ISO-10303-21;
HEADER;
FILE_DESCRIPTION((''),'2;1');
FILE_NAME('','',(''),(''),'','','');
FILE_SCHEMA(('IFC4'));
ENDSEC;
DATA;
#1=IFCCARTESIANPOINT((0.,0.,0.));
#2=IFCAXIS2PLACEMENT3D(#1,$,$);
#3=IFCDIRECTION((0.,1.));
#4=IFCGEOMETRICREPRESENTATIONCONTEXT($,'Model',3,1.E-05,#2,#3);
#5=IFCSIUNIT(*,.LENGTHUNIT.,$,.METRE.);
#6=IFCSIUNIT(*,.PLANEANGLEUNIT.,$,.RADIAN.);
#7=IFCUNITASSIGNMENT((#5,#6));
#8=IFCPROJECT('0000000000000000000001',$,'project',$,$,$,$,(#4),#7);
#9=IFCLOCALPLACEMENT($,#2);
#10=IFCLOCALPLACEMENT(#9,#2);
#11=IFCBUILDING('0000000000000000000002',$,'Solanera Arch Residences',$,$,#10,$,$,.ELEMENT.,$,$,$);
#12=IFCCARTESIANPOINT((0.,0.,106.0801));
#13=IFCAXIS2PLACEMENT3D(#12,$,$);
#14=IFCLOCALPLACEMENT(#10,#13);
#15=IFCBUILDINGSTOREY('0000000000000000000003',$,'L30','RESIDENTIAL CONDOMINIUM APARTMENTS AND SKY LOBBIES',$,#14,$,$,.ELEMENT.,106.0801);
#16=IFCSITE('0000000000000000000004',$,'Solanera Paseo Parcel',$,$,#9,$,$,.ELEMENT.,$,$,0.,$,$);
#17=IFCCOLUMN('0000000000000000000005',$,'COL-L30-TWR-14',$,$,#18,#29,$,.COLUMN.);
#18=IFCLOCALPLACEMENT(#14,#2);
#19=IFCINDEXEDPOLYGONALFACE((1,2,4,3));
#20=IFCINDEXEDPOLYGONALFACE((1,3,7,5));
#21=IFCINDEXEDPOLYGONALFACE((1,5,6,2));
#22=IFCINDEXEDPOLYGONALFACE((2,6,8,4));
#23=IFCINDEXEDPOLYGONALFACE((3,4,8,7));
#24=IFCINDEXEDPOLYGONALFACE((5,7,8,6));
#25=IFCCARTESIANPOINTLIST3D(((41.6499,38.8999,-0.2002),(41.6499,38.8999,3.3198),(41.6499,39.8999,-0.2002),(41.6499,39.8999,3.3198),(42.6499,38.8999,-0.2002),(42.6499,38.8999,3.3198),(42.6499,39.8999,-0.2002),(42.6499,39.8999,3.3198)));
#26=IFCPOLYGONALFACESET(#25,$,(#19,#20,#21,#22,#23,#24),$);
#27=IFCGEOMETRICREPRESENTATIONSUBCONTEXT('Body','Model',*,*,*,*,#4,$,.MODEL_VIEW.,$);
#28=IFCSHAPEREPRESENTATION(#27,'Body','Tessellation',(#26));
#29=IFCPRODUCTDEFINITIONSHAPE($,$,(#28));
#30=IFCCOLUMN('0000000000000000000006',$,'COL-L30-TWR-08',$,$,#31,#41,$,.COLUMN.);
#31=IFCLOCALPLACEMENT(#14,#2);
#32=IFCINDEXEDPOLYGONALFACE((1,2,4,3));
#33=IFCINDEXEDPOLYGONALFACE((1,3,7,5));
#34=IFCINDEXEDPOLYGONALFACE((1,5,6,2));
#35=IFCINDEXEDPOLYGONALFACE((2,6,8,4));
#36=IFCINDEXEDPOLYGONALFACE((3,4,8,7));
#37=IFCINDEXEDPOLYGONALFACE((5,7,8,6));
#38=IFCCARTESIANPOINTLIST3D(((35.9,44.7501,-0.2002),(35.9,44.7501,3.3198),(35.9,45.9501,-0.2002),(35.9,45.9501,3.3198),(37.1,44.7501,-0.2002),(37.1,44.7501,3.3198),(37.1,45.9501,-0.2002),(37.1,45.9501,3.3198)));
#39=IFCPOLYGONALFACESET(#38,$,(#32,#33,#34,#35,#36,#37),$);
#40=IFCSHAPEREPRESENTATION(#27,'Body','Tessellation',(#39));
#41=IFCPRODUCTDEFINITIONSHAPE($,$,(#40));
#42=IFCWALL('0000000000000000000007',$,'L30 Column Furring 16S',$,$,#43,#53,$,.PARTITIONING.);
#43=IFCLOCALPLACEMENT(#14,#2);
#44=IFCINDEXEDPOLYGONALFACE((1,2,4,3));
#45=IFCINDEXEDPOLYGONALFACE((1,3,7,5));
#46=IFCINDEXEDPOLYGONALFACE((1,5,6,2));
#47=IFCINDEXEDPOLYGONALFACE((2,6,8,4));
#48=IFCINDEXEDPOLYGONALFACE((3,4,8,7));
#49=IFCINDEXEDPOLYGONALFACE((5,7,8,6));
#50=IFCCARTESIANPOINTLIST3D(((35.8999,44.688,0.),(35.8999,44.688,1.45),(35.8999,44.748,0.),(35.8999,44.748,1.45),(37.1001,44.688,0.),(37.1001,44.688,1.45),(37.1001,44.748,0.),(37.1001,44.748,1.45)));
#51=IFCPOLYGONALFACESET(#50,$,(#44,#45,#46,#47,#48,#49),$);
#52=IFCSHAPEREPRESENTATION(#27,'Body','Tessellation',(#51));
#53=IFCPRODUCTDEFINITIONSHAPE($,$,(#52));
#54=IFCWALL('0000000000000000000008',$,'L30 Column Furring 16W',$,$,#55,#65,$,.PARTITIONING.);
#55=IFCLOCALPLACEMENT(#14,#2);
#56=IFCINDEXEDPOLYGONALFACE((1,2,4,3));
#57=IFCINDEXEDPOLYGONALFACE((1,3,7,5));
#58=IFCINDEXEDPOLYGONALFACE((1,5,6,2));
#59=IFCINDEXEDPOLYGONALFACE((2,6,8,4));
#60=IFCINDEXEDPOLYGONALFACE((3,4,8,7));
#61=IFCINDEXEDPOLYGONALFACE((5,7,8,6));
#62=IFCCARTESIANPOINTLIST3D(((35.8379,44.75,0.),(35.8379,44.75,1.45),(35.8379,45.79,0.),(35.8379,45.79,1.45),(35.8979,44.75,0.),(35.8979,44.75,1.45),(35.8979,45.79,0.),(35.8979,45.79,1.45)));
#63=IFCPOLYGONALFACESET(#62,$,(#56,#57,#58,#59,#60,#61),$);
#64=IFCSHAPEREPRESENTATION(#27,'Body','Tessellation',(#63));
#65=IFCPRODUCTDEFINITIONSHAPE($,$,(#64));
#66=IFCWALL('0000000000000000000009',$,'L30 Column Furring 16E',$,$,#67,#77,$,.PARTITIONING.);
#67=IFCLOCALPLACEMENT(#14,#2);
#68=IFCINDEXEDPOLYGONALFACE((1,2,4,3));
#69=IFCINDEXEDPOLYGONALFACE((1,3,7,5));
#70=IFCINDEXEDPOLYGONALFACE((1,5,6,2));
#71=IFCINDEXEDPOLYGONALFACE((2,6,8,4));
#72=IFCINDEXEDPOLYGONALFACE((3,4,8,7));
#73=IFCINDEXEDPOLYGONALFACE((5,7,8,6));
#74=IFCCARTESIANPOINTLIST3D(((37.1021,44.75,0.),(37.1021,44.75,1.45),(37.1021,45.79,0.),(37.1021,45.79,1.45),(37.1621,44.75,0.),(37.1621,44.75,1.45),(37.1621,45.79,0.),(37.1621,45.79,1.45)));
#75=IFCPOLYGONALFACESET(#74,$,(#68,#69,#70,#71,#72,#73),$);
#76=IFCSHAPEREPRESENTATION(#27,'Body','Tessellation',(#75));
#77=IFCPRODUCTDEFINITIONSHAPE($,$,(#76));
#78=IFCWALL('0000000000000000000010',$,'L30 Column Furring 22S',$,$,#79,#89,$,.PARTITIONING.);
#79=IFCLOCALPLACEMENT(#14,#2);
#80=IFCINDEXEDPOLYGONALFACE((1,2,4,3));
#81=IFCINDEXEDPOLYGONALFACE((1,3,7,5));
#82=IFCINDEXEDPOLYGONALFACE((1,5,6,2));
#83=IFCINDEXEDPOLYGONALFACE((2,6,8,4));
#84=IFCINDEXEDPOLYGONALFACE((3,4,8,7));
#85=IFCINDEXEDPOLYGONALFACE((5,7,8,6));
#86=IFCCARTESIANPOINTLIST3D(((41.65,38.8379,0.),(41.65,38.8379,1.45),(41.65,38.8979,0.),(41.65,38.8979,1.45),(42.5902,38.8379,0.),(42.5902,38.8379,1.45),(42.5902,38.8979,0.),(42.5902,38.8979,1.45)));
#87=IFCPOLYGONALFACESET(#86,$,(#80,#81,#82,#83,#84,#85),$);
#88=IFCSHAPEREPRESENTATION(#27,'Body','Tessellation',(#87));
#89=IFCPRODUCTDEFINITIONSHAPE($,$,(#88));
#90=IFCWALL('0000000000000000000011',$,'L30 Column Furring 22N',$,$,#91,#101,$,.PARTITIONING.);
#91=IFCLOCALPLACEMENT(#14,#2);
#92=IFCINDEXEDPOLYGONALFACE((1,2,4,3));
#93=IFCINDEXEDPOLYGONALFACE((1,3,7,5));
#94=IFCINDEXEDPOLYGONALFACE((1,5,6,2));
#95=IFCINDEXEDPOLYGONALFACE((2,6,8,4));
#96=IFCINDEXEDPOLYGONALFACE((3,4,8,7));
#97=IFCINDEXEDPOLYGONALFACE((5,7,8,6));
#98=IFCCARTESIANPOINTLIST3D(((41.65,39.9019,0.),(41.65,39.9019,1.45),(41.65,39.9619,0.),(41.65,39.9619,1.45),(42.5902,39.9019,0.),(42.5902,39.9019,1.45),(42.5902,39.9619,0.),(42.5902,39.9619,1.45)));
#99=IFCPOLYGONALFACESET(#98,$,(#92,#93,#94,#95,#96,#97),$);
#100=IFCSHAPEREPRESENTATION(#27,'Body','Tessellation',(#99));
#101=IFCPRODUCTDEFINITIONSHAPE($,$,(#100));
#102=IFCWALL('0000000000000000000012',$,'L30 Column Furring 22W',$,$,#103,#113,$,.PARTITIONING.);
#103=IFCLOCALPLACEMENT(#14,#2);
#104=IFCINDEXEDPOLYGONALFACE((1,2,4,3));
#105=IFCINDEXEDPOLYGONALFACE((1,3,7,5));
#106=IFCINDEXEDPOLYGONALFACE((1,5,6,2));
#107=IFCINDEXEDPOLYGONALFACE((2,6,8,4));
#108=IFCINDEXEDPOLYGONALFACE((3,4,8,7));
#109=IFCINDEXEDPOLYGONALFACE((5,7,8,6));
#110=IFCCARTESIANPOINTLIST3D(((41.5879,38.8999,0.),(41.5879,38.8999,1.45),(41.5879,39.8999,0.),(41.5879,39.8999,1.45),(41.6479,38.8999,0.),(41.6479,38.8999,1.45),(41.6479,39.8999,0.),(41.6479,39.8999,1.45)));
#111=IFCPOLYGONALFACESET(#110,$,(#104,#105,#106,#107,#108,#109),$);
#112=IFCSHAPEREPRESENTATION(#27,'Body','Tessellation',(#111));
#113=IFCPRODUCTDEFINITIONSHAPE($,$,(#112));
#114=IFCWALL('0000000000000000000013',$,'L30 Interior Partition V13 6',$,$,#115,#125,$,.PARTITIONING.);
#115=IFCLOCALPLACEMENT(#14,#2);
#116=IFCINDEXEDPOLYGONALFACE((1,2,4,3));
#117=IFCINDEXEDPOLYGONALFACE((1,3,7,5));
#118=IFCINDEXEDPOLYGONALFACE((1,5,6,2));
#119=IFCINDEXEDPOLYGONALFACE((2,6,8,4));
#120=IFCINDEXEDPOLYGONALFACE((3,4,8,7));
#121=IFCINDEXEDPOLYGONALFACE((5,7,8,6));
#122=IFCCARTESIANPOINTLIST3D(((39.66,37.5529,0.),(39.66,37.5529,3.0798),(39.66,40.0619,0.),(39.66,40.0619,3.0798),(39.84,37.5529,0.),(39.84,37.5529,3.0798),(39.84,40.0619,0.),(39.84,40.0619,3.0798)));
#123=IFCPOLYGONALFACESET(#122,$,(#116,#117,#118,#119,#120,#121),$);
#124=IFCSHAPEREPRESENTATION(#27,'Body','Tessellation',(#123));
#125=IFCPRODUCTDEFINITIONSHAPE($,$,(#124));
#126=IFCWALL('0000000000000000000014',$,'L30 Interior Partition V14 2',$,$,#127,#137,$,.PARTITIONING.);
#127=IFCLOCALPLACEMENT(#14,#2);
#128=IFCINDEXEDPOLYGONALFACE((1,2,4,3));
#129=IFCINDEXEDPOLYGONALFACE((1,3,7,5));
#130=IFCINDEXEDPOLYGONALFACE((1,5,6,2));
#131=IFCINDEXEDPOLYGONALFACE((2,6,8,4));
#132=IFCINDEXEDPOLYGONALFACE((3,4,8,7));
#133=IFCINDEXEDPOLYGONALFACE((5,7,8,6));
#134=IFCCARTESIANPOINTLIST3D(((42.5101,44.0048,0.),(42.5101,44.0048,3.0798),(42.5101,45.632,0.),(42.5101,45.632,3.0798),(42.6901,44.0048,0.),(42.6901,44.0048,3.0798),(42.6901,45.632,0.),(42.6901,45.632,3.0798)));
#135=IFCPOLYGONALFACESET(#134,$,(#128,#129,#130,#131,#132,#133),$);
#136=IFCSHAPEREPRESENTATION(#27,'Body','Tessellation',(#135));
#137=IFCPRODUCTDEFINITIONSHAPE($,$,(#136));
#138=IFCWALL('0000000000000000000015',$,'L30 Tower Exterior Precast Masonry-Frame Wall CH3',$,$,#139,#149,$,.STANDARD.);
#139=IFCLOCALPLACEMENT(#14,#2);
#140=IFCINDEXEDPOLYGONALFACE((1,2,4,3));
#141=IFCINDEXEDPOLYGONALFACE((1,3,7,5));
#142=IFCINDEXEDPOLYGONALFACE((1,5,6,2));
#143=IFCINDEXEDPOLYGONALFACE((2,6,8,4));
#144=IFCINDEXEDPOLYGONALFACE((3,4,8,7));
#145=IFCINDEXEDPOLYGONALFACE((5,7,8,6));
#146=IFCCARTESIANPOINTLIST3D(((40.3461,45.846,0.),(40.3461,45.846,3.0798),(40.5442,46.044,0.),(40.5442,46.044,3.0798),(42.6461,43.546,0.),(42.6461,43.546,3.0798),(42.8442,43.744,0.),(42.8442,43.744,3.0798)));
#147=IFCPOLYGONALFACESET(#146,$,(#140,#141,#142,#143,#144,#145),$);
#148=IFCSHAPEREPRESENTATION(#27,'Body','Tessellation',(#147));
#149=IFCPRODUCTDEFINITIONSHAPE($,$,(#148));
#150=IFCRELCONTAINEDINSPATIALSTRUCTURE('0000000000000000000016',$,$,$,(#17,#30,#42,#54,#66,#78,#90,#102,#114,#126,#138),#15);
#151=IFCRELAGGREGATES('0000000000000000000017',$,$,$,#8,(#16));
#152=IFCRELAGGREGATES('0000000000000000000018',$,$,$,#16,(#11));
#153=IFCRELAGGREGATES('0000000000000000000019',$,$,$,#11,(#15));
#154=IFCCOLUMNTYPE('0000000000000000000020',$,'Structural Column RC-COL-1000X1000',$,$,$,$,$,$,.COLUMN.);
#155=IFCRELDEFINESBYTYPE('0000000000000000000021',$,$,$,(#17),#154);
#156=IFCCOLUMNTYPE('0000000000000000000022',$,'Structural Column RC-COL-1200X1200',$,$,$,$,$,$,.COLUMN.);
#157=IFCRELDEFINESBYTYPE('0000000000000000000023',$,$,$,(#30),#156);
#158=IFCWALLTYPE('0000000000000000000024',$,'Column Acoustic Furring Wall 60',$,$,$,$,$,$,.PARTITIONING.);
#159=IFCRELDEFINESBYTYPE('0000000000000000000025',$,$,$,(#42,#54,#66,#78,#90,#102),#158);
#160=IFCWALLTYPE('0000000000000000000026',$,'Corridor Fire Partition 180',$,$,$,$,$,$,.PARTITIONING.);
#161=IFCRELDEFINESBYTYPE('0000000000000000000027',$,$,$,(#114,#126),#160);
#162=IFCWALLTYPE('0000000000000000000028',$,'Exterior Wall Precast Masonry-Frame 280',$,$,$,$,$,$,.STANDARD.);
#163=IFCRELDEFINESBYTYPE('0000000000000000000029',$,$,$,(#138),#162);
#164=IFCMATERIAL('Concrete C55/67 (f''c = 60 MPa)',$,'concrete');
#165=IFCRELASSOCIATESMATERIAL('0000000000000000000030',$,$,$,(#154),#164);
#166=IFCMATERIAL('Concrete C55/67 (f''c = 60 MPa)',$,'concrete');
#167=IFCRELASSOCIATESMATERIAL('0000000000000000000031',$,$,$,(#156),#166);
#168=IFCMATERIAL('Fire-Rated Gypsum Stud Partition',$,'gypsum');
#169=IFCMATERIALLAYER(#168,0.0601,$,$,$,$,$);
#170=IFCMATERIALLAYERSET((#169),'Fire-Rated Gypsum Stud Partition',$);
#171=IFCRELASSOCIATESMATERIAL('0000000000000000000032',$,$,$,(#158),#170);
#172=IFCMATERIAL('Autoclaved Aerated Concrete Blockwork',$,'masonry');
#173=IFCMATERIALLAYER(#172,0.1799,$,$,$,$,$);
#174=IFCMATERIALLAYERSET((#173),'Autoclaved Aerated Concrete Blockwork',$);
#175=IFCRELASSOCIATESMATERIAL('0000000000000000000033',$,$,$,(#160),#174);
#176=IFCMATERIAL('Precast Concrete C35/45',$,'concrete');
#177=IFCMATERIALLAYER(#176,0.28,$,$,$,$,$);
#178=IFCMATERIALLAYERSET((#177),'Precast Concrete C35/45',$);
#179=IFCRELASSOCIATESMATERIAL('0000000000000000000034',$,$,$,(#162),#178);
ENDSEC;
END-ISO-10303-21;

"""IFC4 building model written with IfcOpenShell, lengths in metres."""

from ifc_helpers import new_model, si_unit, direction, frame, frame_2d, origin, origin_2d, place, context, subcontext, project, spatial, rectangle, extrude, material, layer, layer_set, material_profile, profile_set, type_object, element, save


model = new_model("IFC4")

# Units and contexts
model_context = context("Model", 3, precision=1e-05, world=origin(), true_north=direction((0.0, 1.0)))
body_context = subcontext(model_context, "Body", "Model", "MODEL_VIEW")
ifc_project = project(units=[si_unit("LENGTHUNIT", "METRE"), si_unit("PLANEANGLEUNIT", "RADIAN")], contexts=[model_context])

# Site, building, storey
site_placement = place(None, origin())
site = spatial("IfcSite", under=ifc_project, at=site_placement, Name="Solanera Paseo Parcel", CompositionType="ELEMENT", RefElevation=0.0)
building_placement = place(site_placement, origin())
building = spatial("IfcBuilding", under=site, at=building_placement, Name="Solanera Arch Residences", CompositionType="ELEMENT")
storey_placement = place(building_placement, frame((0.0, 0.0, 106.0801)))
storey = spatial("IfcBuildingStorey", under=building, at=storey_placement, Name="L30", Description="RESIDENTIAL CONDOMINIUM APARTMENTS AND SKY LOBBIES", CompositionType="ELEMENT", Elevation=106.0801)

# Columns
ifc_material_1 = material(Name="Concrete C55/67 (f'c = 60 MPa)", Category="concrete")
ifc_material_profile_1 = material_profile(ifc_material_1, rectangle(XDim=1.0, YDim=1.0, at=origin_2d()))
ifc_profile_set_1 = profile_set([ifc_material_profile_1], Name="Concrete C55/67 (f'c = 60 MPa)")
column_type_1 = type_object("IfcColumnType", Name="Structural Column RC-COL-1000X1000", PredefinedType="COLUMN", material=ifc_profile_set_1)
column_1_placement = place(storey_placement, frame((42.1499, 39.3999, -0.2002), z_axis=(0.0, 0.0, 1.0), x_axis=(1.0, 0.0, 0.0)))
element("IfcColumn", 1, at=column_1_placement, inside=storey, type_object=column_type_1, Name="COL-L30-TWR-14", PredefinedType="COLUMN", context=body_context, shape_type="SweptSolid", body=[
    extrude(rectangle(XDim=1.0, YDim=1.0, at=origin_2d()), origin(), (0.0, 0.0, 1.0), 3.52),
])
ifc_material_2 = material(Name="Concrete C55/67 (f'c = 60 MPa)", Category="concrete")
ifc_material_profile_2 = material_profile(ifc_material_2, rectangle(XDim=1.2, YDim=1.2, at=origin_2d()))
ifc_profile_set_2 = profile_set([ifc_material_profile_2], Name="Concrete C55/67 (f'c = 60 MPa)")
column_type_2 = type_object("IfcColumnType", Name="Structural Column RC-COL-1200X1200", PredefinedType="COLUMN", material=ifc_profile_set_2)
column_2_placement = place(storey_placement, frame((36.5, 45.3501, -0.2002), z_axis=(0.0, 0.0, 1.0), x_axis=(1.0, 0.0, 0.0)))
element("IfcColumn", 2, at=column_2_placement, inside=storey, type_object=column_type_2, Name="COL-L30-TWR-08", PredefinedType="COLUMN", context=body_context, shape_type="SweptSolid", body=[
    extrude(rectangle(XDim=1.2, YDim=1.2, at=origin_2d()), origin(), (0.0, 0.0, 1.0), 3.52),
])

# Walls
ifc_material_3 = material(Name="Fire-Rated Gypsum Stud Partition", Category="gypsum")
ifc_layer_1 = layer(ifc_material_3, 0.0601)
ifc_layer_set_1 = layer_set([ifc_layer_1], Name="Fire-Rated Gypsum Stud Partition")
wall_type_1 = type_object("IfcWallType", Name="Column Acoustic Furring Wall 60", PredefinedType="PARTITIONING", material=ifc_layer_set_1)
wall_1_placement = place(storey_placement, frame((35.8999, 44.718, 0.0), z_axis=(0.0, 0.0, 1.0), x_axis=(1.0, 0.0, 0.0)))
element("IfcWall", 3, at=wall_1_placement, inside=storey, type_object=wall_type_1, Name="L30 Column Furring 16S", PredefinedType="PARTITIONING", context=body_context, shape_type="SweptSolid", body=[
    extrude(rectangle(XDim=1.2002, YDim=0.0601, at=frame_2d((0.6001, 0.0))), origin(), (0.0, 0.0, 1.0), 1.45),
])
for number, where, z_axis, x_axis, name in (
    (4, (35.8679, 44.75, 0.0), (0.0, 0.0, 1.0), (0.0, 1.0, 0.0), "L30 Column Furring 16W"),
    (5, (37.1321, 44.75, 0.0), (0.0, 0.0, 1.0), (0.0, 1.0, 0.0), "L30 Column Furring 16E"),
):
    element("IfcWall", number, at=place(storey_placement, frame(where, z_axis=z_axis, x_axis=x_axis)), inside=storey, type_object=wall_type_1, Name=name, PredefinedType="PARTITIONING", context=body_context, shape_type="SweptSolid", body=[
        extrude(rectangle(XDim=1.04, YDim=0.0601, at=frame_2d((0.52, 0.0))), origin(), (0.0, 0.0, 1.0), 1.45),
    ])
for number, where, z_axis, x_axis, name in (
    (6, (41.6499, 38.8679, 0.0), (0.0, 0.0, 1.0), (1.0, 0.0, 0.0), "L30 Column Furring 22S"),
    (7, (41.6499, 39.9319, 0.0), (0.0, 0.0, 1.0), (1.0, 0.0, 0.0), "L30 Column Furring 22N"),
):
    element("IfcWall", number, at=place(storey_placement, frame(where, z_axis=z_axis, x_axis=x_axis)), inside=storey, type_object=wall_type_1, Name=name, PredefinedType="PARTITIONING", context=body_context, shape_type="SweptSolid", body=[
        extrude(rectangle(XDim=0.9402, YDim=0.0601, at=frame_2d((0.4702, 0.0))), origin(), (0.0, 0.0, 1.0), 1.45),
    ])
wall_2_placement = place(storey_placement, frame((41.6179, 38.8999, 0.0), z_axis=(0.0, 0.0, 1.0), x_axis=(0.0, 1.0, 0.0)))
element("IfcWall", 8, at=wall_2_placement, inside=storey, type_object=wall_type_1, Name="L30 Column Furring 22W", PredefinedType="PARTITIONING", context=body_context, shape_type="SweptSolid", body=[
    extrude(rectangle(XDim=1.0, YDim=0.0601, at=frame_2d((0.5, 0.0))), origin(), (0.0, 0.0, 1.0), 1.45),
])
ifc_material_4 = material(Name="Autoclaved Aerated Concrete Blockwork", Category="masonry")
ifc_layer_2 = layer(ifc_material_4, 0.1799)
ifc_layer_set_2 = layer_set([ifc_layer_2], Name="Autoclaved Aerated Concrete Blockwork")
wall_type_2 = type_object("IfcWallType", Name="Corridor Fire Partition 180", PredefinedType="PARTITIONING", material=ifc_layer_set_2)
wall_3_placement = place(storey_placement, frame((39.75, 37.553, 0.0), z_axis=(0.0, 0.0, 1.0), x_axis=(0.0, 1.0, 0.0)))
element("IfcWall", 9, at=wall_3_placement, inside=storey, type_object=wall_type_2, Name="L30 Interior Partition V13 6", PredefinedType="PARTITIONING", context=body_context, shape_type="SweptSolid", body=[
    extrude(rectangle(XDim=2.509, YDim=0.1799, at=frame_2d((1.2544, 0.0))), origin(), (0.0, 0.0, 1.0), 3.0798),
])
wall_4_placement = place(storey_placement, frame((42.6001, 44.0049, 0.0), z_axis=(0.0, 0.0, 1.0), x_axis=(0.0, 1.0, 0.0)))
element("IfcWall", 10, at=wall_4_placement, inside=storey, type_object=wall_type_2, Name="L30 Interior Partition V14 2", PredefinedType="PARTITIONING", context=body_context, shape_type="SweptSolid", body=[
    extrude(rectangle(XDim=1.6272, YDim=0.1799, at=frame_2d((0.8135, 0.0))), origin(), (0.0, 0.0, 1.0), 3.0798),
])
ifc_material_5 = material(Name="Precast Concrete C35/45", Category="concrete")
ifc_layer_3 = layer(ifc_material_5, 0.28)
ifc_layer_set_3 = layer_set([ifc_layer_3], Name="Precast Concrete C35/45")
wall_type_3 = type_object("IfcWallType", Name="Exterior Wall Precast Masonry-Frame 280", PredefinedType="STANDARD", material=ifc_layer_set_3)
wall_5_placement = place(storey_placement, frame((40.4451, 45.9451, 0.0), z_axis=(0.0, 0.0, 1.0), x_axis=(0.707107, -0.707107, 0.0)))
element("IfcWall", 11, at=wall_5_placement, inside=storey, type_object=wall_type_3, Name="L30 Tower Exterior Precast Masonry-Frame Wall CH3", PredefinedType="STANDARD", context=body_context, shape_type="SweptSolid", body=[
    extrude(rectangle(XDim=3.2527, YDim=0.28, at=frame_2d((1.6265, 0.0))), origin(), (0.0, 0.0, 1.0), 3.0798),
])

save(model, "model.ifc")
